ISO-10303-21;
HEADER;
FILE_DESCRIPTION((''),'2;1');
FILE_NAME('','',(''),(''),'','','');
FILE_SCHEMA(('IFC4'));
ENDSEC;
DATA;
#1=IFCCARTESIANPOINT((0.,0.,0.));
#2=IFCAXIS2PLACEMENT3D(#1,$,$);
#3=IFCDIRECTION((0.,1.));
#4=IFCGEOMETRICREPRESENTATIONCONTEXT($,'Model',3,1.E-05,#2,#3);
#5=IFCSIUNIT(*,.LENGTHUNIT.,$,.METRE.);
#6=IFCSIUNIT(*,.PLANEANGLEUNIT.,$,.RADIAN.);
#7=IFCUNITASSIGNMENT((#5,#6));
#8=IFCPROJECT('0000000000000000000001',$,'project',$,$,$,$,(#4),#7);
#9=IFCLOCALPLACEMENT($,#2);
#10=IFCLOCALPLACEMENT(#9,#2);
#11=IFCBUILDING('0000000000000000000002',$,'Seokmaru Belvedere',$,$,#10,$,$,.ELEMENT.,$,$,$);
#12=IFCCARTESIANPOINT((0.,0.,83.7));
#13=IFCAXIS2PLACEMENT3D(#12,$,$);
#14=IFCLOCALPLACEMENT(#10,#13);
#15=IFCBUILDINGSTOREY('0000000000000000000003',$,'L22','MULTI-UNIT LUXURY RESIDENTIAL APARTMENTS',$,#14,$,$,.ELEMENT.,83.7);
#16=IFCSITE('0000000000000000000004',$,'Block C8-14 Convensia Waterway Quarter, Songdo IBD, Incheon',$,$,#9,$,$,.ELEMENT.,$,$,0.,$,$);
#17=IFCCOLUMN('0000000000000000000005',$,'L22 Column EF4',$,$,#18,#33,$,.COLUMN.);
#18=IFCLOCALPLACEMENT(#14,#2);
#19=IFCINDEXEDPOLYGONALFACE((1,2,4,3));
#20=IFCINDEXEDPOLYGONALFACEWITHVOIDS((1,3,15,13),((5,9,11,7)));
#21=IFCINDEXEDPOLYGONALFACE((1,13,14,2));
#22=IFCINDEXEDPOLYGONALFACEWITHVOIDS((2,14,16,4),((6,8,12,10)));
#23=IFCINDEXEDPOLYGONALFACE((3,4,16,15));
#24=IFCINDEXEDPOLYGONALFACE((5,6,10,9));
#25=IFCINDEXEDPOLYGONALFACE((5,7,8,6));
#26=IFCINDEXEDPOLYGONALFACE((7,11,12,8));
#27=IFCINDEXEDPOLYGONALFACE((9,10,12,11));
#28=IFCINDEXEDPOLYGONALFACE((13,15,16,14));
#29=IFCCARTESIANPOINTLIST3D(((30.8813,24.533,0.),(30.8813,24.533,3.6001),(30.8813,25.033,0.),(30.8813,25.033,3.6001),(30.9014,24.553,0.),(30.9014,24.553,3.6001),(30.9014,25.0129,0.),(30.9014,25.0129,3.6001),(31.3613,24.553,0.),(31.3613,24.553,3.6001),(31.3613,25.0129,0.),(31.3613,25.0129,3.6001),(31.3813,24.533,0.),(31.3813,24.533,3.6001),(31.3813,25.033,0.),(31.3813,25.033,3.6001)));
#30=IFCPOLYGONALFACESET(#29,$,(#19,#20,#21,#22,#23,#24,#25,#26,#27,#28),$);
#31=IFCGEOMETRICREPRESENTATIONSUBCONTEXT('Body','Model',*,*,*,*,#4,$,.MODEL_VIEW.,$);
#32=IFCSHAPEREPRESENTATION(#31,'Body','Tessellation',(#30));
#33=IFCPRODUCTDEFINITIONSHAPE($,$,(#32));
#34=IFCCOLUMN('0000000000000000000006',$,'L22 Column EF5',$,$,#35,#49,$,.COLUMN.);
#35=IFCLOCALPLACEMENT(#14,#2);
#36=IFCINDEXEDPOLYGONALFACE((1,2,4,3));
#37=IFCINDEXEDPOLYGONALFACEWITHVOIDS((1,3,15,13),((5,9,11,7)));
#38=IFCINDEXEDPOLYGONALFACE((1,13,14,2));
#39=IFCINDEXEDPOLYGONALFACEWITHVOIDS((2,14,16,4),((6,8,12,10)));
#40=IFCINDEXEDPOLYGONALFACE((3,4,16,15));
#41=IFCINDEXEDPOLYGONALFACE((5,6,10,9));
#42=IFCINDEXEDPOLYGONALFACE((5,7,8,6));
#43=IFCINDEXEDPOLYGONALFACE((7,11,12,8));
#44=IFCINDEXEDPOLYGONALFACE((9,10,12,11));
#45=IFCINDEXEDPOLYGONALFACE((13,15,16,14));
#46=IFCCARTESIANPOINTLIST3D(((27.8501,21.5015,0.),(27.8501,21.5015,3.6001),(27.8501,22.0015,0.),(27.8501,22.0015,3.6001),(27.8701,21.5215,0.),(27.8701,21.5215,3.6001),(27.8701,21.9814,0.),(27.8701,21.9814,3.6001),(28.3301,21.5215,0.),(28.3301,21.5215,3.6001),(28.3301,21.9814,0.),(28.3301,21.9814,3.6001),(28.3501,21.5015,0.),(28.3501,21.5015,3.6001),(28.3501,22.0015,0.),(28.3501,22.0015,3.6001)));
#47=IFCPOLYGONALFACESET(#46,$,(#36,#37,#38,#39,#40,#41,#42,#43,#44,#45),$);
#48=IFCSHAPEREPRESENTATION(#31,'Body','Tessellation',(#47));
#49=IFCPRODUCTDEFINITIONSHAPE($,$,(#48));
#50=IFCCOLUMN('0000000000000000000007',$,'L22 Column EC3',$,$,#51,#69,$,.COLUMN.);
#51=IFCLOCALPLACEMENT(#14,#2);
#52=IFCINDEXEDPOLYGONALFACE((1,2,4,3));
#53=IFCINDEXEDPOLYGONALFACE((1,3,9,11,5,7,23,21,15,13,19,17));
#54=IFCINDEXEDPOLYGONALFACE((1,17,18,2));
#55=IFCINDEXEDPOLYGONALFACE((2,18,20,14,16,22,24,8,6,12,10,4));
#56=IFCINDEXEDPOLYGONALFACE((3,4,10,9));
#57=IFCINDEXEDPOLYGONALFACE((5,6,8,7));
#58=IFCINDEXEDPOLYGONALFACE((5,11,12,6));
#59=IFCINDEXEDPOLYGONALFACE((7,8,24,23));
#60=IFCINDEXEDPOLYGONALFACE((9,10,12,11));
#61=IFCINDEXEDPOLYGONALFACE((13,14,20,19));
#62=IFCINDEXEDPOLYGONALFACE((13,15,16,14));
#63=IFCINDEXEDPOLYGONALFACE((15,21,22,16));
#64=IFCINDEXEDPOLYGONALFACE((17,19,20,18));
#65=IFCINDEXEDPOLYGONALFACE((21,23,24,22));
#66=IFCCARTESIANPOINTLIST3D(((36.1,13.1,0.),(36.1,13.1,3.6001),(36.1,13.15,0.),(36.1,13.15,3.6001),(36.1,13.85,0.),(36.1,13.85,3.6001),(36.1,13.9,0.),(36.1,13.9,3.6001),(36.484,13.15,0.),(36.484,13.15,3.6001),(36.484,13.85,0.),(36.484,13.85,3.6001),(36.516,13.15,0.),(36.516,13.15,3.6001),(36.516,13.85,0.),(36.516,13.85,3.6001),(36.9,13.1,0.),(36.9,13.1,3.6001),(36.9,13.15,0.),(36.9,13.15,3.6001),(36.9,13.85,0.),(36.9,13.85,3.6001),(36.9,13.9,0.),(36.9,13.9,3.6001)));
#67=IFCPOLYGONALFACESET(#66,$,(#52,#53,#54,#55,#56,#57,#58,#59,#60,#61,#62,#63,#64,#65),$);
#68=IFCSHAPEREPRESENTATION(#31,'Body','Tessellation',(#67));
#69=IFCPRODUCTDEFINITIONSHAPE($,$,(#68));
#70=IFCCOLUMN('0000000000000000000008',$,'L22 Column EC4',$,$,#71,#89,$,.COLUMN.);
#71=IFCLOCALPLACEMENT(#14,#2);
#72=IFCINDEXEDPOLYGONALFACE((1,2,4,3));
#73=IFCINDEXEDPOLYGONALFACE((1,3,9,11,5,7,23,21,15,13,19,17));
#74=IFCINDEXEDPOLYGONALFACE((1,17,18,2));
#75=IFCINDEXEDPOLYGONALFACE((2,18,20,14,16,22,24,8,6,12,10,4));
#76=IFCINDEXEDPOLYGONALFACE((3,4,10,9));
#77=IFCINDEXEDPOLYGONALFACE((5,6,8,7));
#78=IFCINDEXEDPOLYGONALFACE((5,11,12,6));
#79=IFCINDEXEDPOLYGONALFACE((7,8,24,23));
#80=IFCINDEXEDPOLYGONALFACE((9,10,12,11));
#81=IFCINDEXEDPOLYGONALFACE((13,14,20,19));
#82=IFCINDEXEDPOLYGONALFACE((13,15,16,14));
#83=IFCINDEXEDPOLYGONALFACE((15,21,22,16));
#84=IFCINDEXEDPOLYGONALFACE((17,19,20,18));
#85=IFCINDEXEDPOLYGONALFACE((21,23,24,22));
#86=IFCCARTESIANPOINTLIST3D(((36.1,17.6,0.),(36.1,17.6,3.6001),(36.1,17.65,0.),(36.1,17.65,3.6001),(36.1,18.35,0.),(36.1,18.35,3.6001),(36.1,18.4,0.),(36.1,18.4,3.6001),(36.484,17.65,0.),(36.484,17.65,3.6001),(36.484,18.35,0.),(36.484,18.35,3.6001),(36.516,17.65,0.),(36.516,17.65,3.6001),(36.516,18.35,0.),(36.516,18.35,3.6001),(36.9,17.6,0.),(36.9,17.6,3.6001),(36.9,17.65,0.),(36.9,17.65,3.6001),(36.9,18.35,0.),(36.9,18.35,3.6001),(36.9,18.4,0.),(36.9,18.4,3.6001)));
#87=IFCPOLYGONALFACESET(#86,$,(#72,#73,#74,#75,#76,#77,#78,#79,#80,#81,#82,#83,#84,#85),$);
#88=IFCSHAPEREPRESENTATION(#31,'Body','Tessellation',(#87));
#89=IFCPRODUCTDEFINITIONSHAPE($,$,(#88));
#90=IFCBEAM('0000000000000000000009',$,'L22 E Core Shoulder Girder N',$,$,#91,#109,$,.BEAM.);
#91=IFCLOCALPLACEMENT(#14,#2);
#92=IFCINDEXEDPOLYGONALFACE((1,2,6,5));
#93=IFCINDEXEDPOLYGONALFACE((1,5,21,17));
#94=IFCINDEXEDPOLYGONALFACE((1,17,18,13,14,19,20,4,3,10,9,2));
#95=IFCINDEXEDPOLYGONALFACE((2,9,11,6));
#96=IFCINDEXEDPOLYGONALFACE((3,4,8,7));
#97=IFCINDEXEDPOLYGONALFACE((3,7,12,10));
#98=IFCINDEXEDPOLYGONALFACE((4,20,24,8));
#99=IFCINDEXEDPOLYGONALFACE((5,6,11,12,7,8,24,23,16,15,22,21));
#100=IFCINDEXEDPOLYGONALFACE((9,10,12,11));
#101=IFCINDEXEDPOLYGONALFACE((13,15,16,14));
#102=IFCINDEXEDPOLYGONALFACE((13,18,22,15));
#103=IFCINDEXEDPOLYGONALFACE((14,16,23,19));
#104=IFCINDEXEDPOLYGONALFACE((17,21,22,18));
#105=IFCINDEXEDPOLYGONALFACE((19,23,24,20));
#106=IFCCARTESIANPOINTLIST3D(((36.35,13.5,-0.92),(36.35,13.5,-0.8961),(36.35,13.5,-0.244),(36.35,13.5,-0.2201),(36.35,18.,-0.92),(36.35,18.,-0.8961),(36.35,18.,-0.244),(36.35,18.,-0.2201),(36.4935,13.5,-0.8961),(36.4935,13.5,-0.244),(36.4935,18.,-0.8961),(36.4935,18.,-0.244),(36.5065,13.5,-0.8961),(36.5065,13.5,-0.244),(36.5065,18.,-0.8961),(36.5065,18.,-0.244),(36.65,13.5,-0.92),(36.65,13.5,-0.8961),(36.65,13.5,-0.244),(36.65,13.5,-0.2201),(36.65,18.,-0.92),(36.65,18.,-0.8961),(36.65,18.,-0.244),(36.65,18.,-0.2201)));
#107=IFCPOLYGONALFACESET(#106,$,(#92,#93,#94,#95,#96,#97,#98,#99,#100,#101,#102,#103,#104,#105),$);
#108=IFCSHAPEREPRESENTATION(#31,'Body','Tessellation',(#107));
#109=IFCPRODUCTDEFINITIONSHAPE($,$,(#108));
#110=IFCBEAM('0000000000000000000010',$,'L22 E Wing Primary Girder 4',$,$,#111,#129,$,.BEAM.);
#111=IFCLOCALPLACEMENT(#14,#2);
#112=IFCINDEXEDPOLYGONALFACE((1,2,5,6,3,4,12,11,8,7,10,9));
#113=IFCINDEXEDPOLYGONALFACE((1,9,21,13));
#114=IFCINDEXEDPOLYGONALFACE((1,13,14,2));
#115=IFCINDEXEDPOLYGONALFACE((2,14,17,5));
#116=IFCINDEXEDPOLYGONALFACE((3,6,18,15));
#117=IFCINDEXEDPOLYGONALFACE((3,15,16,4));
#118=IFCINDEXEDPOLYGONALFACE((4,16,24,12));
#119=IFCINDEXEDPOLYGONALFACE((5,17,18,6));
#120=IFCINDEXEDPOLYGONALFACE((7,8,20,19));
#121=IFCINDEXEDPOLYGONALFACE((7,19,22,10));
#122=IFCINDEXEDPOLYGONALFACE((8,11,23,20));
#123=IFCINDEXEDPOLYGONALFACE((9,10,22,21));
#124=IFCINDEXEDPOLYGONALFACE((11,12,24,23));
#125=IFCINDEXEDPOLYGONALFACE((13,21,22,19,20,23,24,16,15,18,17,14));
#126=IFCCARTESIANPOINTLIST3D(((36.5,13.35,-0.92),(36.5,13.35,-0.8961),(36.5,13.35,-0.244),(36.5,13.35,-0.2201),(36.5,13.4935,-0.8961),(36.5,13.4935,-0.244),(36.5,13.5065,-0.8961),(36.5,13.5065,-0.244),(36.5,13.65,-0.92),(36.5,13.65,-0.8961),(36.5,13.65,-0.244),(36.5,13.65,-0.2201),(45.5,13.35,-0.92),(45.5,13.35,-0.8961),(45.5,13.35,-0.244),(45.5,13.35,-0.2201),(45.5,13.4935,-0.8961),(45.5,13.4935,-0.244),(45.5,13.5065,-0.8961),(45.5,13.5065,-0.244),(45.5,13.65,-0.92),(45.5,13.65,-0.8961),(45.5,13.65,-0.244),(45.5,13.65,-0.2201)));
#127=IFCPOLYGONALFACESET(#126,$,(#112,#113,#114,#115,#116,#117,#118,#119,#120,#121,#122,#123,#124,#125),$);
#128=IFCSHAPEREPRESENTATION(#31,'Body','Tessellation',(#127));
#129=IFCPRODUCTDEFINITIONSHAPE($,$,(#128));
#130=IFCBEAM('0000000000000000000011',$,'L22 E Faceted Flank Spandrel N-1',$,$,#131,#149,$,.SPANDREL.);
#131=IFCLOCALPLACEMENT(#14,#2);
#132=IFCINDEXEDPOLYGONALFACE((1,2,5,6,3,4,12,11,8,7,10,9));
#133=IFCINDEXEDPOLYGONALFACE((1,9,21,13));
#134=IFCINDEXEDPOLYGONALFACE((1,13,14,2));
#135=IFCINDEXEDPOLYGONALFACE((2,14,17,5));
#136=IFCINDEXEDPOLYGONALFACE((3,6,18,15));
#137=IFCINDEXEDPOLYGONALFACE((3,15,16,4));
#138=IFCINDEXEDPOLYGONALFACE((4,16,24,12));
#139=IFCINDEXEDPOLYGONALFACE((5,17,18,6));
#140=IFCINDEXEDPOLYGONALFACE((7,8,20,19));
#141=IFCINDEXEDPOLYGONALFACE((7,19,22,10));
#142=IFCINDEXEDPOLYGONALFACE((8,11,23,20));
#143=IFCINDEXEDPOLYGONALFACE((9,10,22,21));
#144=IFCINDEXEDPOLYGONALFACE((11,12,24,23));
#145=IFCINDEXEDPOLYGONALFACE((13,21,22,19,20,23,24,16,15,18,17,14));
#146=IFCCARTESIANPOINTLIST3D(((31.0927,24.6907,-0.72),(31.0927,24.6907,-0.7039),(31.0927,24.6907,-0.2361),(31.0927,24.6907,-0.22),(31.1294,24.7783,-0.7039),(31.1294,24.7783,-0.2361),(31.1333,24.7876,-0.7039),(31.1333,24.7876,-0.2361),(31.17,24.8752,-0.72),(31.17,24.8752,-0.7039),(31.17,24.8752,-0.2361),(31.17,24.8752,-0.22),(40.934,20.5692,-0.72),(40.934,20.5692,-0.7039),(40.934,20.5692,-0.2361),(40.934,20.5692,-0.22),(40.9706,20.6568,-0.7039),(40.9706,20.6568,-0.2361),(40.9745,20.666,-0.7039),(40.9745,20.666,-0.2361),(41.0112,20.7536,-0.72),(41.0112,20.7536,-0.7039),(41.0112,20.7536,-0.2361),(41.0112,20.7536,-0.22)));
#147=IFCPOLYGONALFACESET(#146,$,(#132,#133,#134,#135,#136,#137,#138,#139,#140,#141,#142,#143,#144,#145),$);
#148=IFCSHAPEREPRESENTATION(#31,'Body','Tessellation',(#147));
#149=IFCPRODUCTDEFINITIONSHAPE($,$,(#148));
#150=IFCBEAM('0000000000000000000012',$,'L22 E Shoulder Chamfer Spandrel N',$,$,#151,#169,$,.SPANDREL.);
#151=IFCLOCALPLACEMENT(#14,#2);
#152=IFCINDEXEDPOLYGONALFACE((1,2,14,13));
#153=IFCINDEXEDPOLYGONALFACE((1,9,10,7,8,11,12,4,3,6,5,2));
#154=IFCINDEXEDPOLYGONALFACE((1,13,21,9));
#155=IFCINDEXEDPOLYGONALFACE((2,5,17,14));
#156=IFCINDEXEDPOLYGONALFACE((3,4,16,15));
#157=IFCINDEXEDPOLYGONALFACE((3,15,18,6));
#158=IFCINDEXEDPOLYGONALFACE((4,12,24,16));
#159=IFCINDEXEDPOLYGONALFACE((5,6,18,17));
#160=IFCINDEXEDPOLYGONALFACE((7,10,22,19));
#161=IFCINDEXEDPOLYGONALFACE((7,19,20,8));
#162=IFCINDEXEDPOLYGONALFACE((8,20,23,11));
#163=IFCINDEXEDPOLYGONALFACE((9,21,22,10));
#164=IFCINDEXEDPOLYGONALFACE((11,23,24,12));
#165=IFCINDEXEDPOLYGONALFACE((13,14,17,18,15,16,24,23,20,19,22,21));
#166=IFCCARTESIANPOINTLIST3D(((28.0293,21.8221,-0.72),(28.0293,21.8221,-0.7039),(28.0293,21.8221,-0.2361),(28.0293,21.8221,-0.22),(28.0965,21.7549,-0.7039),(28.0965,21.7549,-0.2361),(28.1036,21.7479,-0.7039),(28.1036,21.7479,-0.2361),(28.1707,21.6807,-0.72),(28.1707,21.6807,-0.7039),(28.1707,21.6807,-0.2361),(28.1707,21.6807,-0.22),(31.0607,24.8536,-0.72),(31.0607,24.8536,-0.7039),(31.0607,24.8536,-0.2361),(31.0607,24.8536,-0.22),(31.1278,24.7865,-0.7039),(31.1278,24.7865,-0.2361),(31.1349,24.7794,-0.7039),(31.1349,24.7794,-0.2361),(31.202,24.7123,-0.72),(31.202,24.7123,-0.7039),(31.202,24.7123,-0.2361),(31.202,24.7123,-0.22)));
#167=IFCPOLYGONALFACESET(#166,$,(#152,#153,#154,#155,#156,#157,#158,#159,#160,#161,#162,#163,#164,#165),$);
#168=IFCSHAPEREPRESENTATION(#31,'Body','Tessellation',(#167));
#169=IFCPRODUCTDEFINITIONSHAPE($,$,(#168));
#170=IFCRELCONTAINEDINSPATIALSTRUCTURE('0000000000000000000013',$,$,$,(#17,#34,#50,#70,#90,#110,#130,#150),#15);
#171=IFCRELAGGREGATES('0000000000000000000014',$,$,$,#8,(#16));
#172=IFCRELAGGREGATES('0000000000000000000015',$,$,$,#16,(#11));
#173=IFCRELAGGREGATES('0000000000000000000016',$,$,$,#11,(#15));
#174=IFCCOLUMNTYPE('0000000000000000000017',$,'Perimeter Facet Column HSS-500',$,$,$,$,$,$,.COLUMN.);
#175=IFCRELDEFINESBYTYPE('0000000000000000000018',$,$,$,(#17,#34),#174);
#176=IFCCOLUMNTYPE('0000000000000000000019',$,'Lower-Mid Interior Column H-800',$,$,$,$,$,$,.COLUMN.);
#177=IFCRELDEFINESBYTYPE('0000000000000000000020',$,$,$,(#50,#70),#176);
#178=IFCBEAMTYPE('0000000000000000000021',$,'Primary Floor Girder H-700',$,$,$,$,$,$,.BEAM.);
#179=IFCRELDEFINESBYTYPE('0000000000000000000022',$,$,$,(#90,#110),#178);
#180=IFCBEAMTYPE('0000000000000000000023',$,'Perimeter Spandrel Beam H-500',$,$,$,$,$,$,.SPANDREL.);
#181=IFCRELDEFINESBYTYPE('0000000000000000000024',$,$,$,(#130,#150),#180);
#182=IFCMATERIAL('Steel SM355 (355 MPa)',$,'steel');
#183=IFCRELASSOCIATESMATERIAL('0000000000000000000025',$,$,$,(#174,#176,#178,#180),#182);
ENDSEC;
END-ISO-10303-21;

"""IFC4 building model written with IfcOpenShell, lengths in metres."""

from ifc_helpers import new_model, si_unit, direction, frame, origin, origin_2d, place, context, subcontext, project, spatial, hollow_rectangle, i_section, extrude, source, transform, mapped, material, material_profile, profile_set, type_object, type_shapes, element, save


model = new_model("IFC4")

# Units and contexts
model_context = context("Model", 3, precision=1e-05, world=origin(), true_north=direction((0.0, 1.0)))
body_context = subcontext(model_context, "Body", "Model", "MODEL_VIEW")
ifc_project = project(units=[si_unit("LENGTHUNIT", "METRE"), si_unit("PLANEANGLEUNIT", "RADIAN")], contexts=[model_context])

# Site, building, storey
site_placement = place(None, origin())
site = spatial("IfcSite", under=ifc_project, at=site_placement, Name="Block C8-14 Convensia Waterway Quarter, Songdo IBD, Incheon", CompositionType="ELEMENT", RefElevation=0.0)
building_placement = place(site_placement, origin())
building = spatial("IfcBuilding", under=site, at=building_placement, Name="Seokmaru Belvedere", CompositionType="ELEMENT")
storey_placement = place(building_placement, frame((0.0, 0.0, 83.7)))
storey = spatial("IfcBuildingStorey", under=building, at=storey_placement, Name="L22", Description="MULTI-UNIT LUXURY RESIDENTIAL APARTMENTS", CompositionType="ELEMENT", Elevation=83.7)

# Columns
ifc_material_1 = material(Name="Steel SM355 (355 MPa)", Category="steel")
ifc_material_profile_1 = material_profile(ifc_material_1, hollow_rectangle(XDim=0.5, YDim=0.5, WallThickness=0.02, at=origin_2d()), Name="HSS-500x500x20")
ifc_profile_set_1 = profile_set([ifc_material_profile_1], Name="Steel SM355 (355 MPa)")
column_type_1 = type_object("IfcColumnType", Name="Perimeter Facet Column HSS-500", PredefinedType="COLUMN", material=ifc_profile_set_1)
shared_shape_1 = source(origin(), body_context, "Body", "SweptSolid", [
    extrude(hollow_rectangle(XDim=0.5, YDim=0.5, WallThickness=0.02, at=origin_2d()), origin(), (0.0, 0.0, 1.0), 3.6001),
])
type_shapes(column_type_1, [shared_shape_1])
for number, where, z_axis, x_axis, name in (
    (1, (31.1313, 24.783, 0.0), (0.0, 0.0, 1.0), (1.0, 0.0, 0.0), "L22 Column EF4"),
    (2, (28.1001, 21.7515, 0.0), (0.0, 0.0, 1.0), (1.0, 0.0, 0.0), "L22 Column EF5"),
):
    element("IfcColumn", number, at=place(storey_placement, frame(where, z_axis=z_axis, x_axis=x_axis)), inside=storey, type_object=column_type_1, Name=name, PredefinedType="COLUMN", context=body_context, shape_type="MappedRepresentation", body=[
        mapped(shared_shape_1, transform((0.0, 0.0, 0.0), scale=1.0)),
    ])
ifc_material_profile_2 = material_profile(ifc_material_1, i_section(OverallWidth=0.8, OverallDepth=0.8, WebThickness=0.032, FlangeThickness=0.05, at=origin_2d()), Name="H-800x800x32x50")
ifc_profile_set_2 = profile_set([ifc_material_profile_2], Name="Steel SM355 (355 MPa)")
column_type_2 = type_object("IfcColumnType", Name="Lower-Mid Interior Column H-800", PredefinedType="COLUMN", material=ifc_profile_set_2)
shared_shape_2 = source(origin(), body_context, "Body", "SweptSolid", [
    extrude(i_section(OverallWidth=0.8, OverallDepth=0.8, WebThickness=0.032, FlangeThickness=0.05, at=origin_2d()), origin(), (0.0, 0.0, 1.0), 3.6001),
])
type_shapes(column_type_2, [shared_shape_2])
for number, where, z_axis, x_axis, name in (
    (3, (36.5, 13.5, 0.0), (0.0, 0.0, 1.0), (1.0, 0.0, 0.0), "L22 Column EC3"),
    (4, (36.5, 18.0, 0.0), (0.0, 0.0, 1.0), (1.0, 0.0, 0.0), "L22 Column EC4"),
):
    element("IfcColumn", number, at=place(storey_placement, frame(where, z_axis=z_axis, x_axis=x_axis)), inside=storey, type_object=column_type_2, Name=name, PredefinedType="COLUMN", context=body_context, shape_type="MappedRepresentation", body=[
        mapped(shared_shape_2, transform((0.0, 0.0, 0.0), scale=1.0)),
    ])

# Beams
ifc_material_profile_3 = material_profile(ifc_material_1, i_section(OverallWidth=0.3, OverallDepth=0.7, WebThickness=0.0129, FlangeThickness=0.0239, at=origin_2d()), Name="H-700x300x13x24")
ifc_profile_set_3 = profile_set([ifc_material_profile_3], Name="Steel SM355 (355 MPa)")
beam_type_1 = type_object("IfcBeamType", Name="Primary Floor Girder H-700", PredefinedType="BEAM", material=ifc_profile_set_3)
shared_shape_3 = source(origin(), body_context, "Body", "SweptSolid", [
    extrude(i_section(OverallWidth=0.3, OverallDepth=0.7, WebThickness=0.0129, FlangeThickness=0.0239, at=origin_2d()), origin(), (0.0, 0.0, 1.0), 4.5),
])
beam_1_placement = place(storey_placement, frame((36.5, 13.5, -0.5701), z_axis=(0.0, 1.0, 0.0), x_axis=(-1.0, 0.0, 0.0)))
element("IfcBeam", 5, at=beam_1_placement, inside=storey, type_object=beam_type_1, Name="L22 E Core Shoulder Girder N", PredefinedType="BEAM", context=body_context, shape_type="MappedRepresentation", body=[
    mapped(shared_shape_3, transform((0.0, 0.0, 0.0), scale=1.0)),
])
shared_shape_4 = source(origin(), body_context, "Body", "SweptSolid", [
    extrude(i_section(OverallWidth=0.3, OverallDepth=0.7, WebThickness=0.0129, FlangeThickness=0.0239, at=origin_2d()), origin(), (0.0, 0.0, 1.0), 9.0),
])
type_shapes(beam_type_1, [shared_shape_3, shared_shape_4])
beam_2_placement = place(storey_placement, frame((36.5, 13.5, -0.5701), z_axis=(1.0, 0.0, 0.0), x_axis=(0.0, 1.0, 0.0)))
element("IfcBeam", 6, at=beam_2_placement, inside=storey, type_object=beam_type_1, Name="L22 E Wing Primary Girder 4", PredefinedType="BEAM", context=body_context, shape_type="MappedRepresentation", body=[
    mapped(shared_shape_4, transform((0.0, 0.0, 0.0), scale=1.0)),
])
ifc_material_profile_4 = material_profile(ifc_material_1, i_section(OverallWidth=0.2, OverallDepth=0.5, WebThickness=0.01, FlangeThickness=0.0161, at=origin_2d()), Name="H-500x200x10x16")
ifc_profile_set_4 = profile_set([ifc_material_profile_4], Name="Steel SM355 (355 MPa)")
beam_type_2 = type_object("IfcBeamType", Name="Perimeter Spandrel Beam H-500", PredefinedType="SPANDREL", material=ifc_profile_set_4)
shared_shape_5 = source(origin(), body_context, "Body", "SweptSolid", [
    extrude(i_section(OverallWidth=0.2, OverallDepth=0.5, WebThickness=0.01, FlangeThickness=0.0161, at=origin_2d()), origin(), (0.0, 0.0, 1.0), 10.6694),
])
beam_3_placement = place(storey_placement, frame((31.1313, 24.783, -0.47), z_axis=(0.922375, -0.386295, 0.0), x_axis=(0.386295, 0.922375, 0.0)))
element("IfcBeam", 7, at=beam_3_placement, inside=storey, type_object=beam_type_2, Name="L22 E Faceted Flank Spandrel N-1", PredefinedType="SPANDREL", context=body_context, shape_type="MappedRepresentation", body=[
    mapped(shared_shape_5, transform((0.0, 0.0, 0.0), scale=1.0)),
])
shared_shape_6 = source(origin(), body_context, "Body", "SweptSolid", [
    extrude(i_section(OverallWidth=0.2, OverallDepth=0.5, WebThickness=0.01, FlangeThickness=0.0161, at=origin_2d()), origin(), (0.0, 0.0, 1.0), 4.2871),
])
beam_4_placement = place(storey_placement, frame((31.1313, 24.783, -0.47), z_axis=(-0.707078, -0.707135, 0.0), x_axis=(0.707135, -0.707078, 0.0)))
element("IfcBeam", 8, at=beam_4_placement, inside=storey, type_object=beam_type_2, Name="L22 E Shoulder Chamfer Spandrel N", PredefinedType="SPANDREL", context=body_context, shape_type="MappedRepresentation", body=[
    mapped(shared_shape_6, transform((0.0, 0.0, 0.0), scale=1.0)),
])

save(model, "model.ifc")
